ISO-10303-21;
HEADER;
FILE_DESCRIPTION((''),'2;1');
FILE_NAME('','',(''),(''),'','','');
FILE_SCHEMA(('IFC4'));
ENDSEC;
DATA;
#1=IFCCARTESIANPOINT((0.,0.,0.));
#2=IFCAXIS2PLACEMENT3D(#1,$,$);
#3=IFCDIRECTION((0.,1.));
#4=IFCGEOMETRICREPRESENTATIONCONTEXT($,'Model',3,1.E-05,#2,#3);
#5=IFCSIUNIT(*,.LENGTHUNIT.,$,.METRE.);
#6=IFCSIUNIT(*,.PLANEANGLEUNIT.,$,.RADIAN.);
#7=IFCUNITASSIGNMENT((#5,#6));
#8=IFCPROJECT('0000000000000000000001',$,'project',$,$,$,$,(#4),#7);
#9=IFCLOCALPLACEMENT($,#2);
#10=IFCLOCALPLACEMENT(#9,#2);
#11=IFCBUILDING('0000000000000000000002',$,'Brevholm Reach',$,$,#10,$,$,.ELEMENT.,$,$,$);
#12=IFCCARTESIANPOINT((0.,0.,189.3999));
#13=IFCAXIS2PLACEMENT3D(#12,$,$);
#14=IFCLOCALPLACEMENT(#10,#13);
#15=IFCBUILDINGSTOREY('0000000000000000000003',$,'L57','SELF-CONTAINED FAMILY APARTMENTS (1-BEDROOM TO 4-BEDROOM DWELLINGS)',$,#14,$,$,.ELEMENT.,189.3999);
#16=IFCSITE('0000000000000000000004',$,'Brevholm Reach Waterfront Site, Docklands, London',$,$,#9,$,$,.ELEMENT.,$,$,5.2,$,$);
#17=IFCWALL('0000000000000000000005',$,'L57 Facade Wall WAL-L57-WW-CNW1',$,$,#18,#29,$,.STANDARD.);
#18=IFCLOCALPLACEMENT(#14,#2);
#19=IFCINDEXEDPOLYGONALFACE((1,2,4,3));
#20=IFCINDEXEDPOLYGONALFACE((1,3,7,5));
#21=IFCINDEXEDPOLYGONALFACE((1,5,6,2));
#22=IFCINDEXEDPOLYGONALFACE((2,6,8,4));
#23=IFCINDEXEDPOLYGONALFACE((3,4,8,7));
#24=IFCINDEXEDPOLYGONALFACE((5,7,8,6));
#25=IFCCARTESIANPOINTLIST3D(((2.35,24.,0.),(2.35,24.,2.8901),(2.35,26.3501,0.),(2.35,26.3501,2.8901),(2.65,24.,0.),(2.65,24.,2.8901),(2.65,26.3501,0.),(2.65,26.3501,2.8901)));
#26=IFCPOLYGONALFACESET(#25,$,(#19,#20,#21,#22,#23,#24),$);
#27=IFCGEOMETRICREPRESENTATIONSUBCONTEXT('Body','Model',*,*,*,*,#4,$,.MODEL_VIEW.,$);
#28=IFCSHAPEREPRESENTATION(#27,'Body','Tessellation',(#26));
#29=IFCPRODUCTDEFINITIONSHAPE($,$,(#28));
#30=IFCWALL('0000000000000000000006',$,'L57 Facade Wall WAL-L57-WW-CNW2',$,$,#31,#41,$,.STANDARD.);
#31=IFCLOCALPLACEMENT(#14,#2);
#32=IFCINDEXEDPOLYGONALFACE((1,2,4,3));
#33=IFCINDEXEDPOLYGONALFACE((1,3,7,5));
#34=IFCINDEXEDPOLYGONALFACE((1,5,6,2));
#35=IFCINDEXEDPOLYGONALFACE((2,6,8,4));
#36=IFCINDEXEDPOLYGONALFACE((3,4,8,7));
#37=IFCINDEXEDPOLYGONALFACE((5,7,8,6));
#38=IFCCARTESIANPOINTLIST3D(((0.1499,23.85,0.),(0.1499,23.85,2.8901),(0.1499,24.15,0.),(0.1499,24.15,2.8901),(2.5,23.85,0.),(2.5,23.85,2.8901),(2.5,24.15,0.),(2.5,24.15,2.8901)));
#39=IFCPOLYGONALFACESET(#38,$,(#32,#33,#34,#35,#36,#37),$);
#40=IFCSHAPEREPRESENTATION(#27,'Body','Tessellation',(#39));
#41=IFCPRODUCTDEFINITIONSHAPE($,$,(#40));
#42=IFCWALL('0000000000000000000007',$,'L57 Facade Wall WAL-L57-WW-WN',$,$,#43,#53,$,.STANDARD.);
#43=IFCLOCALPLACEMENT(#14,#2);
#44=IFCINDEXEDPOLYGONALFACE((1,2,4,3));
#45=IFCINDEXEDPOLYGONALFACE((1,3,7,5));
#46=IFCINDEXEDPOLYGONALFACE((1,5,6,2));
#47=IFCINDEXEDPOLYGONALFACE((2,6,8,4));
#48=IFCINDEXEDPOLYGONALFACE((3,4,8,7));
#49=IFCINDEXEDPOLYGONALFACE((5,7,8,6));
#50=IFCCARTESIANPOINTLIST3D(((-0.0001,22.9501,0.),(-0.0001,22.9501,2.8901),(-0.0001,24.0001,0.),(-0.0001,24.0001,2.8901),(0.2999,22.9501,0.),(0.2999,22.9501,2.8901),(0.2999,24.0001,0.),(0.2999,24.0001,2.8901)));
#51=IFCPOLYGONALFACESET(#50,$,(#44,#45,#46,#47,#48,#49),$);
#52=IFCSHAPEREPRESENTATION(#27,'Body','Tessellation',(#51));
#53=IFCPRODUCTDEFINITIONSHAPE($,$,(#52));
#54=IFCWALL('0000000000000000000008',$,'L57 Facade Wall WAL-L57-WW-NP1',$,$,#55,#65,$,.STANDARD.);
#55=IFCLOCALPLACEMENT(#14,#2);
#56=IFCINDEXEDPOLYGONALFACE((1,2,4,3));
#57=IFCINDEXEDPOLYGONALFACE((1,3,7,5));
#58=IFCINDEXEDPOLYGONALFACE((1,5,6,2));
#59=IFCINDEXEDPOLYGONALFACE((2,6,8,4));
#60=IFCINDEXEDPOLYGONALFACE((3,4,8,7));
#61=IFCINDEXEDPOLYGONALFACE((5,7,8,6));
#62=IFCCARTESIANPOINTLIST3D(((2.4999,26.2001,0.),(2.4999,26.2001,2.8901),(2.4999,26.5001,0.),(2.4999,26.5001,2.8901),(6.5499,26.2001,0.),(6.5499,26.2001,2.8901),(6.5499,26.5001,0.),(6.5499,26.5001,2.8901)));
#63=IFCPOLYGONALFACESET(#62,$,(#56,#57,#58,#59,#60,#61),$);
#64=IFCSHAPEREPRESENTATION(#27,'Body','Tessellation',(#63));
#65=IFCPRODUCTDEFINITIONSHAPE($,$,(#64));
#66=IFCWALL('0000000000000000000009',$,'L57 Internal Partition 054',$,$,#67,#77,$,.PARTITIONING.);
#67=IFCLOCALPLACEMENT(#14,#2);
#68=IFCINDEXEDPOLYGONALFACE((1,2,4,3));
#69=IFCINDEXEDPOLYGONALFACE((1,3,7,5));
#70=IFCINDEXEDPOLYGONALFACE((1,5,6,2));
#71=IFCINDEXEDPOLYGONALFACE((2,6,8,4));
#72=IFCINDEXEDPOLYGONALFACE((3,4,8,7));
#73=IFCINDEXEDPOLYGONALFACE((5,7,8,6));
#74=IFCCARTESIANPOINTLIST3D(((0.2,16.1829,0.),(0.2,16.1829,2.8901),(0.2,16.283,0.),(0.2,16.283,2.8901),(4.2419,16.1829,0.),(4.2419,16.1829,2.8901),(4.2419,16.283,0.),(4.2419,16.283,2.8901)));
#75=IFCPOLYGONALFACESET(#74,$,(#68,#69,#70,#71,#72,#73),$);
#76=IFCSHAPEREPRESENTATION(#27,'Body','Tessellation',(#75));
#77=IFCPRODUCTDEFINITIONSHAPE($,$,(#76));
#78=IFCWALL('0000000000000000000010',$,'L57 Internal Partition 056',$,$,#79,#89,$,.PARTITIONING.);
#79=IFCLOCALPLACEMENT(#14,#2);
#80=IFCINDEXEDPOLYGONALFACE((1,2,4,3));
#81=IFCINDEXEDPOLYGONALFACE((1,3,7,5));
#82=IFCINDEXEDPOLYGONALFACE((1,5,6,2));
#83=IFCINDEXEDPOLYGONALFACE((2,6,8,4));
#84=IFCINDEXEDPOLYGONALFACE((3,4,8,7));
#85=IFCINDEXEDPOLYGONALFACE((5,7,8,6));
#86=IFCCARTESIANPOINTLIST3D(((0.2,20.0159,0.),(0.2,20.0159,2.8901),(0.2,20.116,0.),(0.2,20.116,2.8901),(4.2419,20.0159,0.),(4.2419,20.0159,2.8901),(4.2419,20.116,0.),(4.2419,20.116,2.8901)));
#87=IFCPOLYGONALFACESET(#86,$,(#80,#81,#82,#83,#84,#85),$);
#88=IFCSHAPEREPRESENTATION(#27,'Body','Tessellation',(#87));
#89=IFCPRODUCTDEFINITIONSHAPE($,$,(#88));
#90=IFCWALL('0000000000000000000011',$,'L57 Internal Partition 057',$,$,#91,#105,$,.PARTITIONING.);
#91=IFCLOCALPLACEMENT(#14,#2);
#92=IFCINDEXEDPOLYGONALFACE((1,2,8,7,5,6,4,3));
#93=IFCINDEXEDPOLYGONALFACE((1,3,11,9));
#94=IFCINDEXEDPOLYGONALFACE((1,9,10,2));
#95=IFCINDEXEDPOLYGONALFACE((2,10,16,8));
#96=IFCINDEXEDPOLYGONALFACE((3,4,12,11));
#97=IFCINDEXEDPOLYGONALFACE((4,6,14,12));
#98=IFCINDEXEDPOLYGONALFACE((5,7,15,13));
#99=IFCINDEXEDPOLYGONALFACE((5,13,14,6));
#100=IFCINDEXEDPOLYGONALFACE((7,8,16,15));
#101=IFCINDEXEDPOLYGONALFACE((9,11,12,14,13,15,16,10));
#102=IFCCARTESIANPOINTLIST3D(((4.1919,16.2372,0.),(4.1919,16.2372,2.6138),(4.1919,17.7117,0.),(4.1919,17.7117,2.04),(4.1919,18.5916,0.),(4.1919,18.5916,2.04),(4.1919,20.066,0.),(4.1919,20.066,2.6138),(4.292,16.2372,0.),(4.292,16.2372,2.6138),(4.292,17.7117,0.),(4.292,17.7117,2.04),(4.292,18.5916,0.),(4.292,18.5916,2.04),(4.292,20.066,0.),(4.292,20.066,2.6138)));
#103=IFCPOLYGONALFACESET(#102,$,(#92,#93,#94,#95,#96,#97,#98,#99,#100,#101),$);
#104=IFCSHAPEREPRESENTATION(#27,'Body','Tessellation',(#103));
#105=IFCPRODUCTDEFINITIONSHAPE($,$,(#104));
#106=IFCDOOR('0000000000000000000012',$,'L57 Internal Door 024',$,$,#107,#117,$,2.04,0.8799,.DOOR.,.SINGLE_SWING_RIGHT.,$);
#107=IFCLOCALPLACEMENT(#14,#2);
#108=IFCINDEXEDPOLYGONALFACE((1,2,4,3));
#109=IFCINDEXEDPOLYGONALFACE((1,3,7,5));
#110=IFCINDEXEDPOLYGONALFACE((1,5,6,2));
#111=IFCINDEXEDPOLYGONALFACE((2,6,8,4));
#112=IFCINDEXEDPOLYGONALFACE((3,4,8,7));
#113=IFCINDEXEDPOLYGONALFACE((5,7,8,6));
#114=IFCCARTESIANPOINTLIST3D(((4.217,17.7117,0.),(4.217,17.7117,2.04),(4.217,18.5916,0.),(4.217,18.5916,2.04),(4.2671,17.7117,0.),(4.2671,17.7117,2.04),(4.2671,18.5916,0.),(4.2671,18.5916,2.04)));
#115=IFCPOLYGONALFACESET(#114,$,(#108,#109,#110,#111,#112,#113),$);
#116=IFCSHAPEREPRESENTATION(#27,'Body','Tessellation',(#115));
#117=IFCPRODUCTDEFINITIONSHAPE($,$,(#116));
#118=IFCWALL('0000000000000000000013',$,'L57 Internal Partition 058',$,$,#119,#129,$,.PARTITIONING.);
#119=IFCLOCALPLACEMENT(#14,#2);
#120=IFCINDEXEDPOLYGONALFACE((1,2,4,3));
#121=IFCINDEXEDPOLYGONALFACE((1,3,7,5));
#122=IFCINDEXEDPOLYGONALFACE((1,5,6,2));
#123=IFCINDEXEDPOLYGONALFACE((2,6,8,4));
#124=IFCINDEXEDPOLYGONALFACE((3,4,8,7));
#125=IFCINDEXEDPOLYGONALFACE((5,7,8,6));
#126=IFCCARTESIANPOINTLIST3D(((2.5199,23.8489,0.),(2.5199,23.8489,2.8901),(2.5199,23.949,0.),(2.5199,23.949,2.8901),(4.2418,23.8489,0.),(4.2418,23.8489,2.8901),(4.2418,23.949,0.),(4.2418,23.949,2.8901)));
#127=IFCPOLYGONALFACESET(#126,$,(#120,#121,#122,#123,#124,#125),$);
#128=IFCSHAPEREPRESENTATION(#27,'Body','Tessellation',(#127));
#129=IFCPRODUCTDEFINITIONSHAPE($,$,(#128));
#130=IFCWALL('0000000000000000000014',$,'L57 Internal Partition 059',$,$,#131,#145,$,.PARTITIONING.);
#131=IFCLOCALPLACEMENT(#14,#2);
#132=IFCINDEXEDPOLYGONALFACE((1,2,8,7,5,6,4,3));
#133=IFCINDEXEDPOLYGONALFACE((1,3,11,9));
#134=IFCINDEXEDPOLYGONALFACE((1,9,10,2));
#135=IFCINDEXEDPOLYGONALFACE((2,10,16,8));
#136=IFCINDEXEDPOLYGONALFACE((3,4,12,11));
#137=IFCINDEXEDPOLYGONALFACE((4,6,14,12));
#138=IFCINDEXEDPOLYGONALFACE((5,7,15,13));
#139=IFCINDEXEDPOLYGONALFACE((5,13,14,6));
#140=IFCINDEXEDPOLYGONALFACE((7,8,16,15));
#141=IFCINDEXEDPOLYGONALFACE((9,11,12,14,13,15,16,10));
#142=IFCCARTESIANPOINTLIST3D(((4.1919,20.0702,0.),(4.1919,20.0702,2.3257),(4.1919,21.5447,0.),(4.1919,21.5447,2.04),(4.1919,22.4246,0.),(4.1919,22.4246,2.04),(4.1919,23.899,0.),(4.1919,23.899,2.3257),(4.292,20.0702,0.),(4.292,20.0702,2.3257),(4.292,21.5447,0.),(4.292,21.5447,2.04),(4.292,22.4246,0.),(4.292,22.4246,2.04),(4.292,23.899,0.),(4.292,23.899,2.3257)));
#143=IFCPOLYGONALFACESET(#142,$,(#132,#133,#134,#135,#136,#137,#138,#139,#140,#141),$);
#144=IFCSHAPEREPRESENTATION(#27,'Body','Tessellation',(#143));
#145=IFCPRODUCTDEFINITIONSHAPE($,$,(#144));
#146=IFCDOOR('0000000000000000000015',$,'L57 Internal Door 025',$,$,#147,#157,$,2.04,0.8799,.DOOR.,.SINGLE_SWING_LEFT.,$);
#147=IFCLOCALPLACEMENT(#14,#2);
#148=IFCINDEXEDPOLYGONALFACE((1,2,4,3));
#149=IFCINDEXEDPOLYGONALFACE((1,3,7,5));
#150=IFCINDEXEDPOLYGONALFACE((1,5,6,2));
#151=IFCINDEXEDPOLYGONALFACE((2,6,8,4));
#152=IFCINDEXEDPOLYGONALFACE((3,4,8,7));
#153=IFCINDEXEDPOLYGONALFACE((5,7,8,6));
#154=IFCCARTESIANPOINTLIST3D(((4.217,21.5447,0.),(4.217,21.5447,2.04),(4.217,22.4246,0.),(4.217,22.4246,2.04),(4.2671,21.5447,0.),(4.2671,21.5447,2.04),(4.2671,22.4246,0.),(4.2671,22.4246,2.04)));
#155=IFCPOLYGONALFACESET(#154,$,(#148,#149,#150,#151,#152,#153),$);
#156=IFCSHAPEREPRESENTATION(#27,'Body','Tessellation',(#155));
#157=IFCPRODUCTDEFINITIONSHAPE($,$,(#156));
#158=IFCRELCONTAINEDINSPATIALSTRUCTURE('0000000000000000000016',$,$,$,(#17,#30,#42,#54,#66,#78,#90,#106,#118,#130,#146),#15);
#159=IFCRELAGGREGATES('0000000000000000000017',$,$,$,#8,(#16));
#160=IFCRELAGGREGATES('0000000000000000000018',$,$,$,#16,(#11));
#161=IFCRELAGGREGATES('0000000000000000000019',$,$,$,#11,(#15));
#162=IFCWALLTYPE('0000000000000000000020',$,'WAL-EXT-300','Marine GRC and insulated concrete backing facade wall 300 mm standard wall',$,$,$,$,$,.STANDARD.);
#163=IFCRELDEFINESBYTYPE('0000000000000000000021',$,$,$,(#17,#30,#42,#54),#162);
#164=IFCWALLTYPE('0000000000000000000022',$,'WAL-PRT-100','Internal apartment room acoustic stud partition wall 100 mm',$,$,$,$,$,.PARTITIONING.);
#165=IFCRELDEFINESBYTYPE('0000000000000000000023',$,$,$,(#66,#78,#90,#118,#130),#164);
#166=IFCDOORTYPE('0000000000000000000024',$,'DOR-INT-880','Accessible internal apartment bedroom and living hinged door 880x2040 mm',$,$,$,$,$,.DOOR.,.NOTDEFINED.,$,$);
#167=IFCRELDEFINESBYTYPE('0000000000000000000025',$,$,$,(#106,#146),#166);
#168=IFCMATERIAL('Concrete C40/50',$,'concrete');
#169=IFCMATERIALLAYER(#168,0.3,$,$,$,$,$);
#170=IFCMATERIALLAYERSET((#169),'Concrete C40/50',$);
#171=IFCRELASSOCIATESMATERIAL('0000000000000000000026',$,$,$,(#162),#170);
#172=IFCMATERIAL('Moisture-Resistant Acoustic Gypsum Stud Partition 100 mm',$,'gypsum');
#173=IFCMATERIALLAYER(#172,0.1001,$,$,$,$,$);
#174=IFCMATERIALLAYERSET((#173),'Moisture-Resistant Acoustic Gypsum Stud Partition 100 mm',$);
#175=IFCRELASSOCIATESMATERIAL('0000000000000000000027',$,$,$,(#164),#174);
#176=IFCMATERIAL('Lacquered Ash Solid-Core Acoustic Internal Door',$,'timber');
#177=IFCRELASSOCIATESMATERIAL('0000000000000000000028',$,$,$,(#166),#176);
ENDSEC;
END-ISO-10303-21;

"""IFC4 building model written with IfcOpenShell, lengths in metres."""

from ifc_helpers import new_model, si_unit, direction, frame, frame_2d, origin, place, context, subcontext, project, spatial, rectangle, extrude, material, layer, layer_set, type_object, element, fill, save


model = new_model("IFC4")

# Units and contexts
model_context = context("Model", 3, precision=1e-05, world=origin(), true_north=direction((0.0, 1.0)))
body_context = subcontext(model_context, "Body", "Model", "MODEL_VIEW")
ifc_project = project(units=[si_unit("LENGTHUNIT", "METRE"), si_unit("PLANEANGLEUNIT", "RADIAN")], contexts=[model_context])

# Site, building, storey
site_placement = place(None, origin())
site = spatial("IfcSite", under=ifc_project, at=site_placement, Name="Brevholm Reach Waterfront Site, Docklands, London", CompositionType="ELEMENT", RefElevation=5.2)
building_placement = place(site_placement, origin())
building = spatial("IfcBuilding", under=site, at=building_placement, Name="Brevholm Reach", CompositionType="ELEMENT")
storey_placement = place(building_placement, frame((0.0, 0.0, 189.3999)))
storey = spatial("IfcBuildingStorey", under=building, at=storey_placement, Name="L57", Description="SELF-CONTAINED FAMILY APARTMENTS (1-BEDROOM TO 4-BEDROOM DWELLINGS)", CompositionType="ELEMENT", Elevation=189.3999)

# Walls
ifc_material_1 = material(Name="Concrete C40/50", Category="concrete")
ifc_layer_1 = layer(ifc_material_1, 0.3)
ifc_layer_set_1 = layer_set([ifc_layer_1], Name="Concrete C40/50")
wall_type_1 = type_object("IfcWallType", Name="WAL-EXT-300", Description="Marine GRC and insulated concrete backing facade wall 300 mm standard wall", PredefinedType="STANDARD", material=ifc_layer_set_1)
for number, where, z_axis, x_axis, name in (
    (1, (2.5, 26.3501, 0.0), (0.0, 0.0, 1.0), (0.0, -1.0, 0.0), "L57 Facade Wall WAL-L57-WW-CNW1"),
    (2, (2.5, 24.0, 0.0), (0.0, 0.0, 1.0), (-1.0, 0.0, 0.0), "L57 Facade Wall WAL-L57-WW-CNW2"),
):
    element("IfcWall", number, at=place(storey_placement, frame(where, z_axis=z_axis, x_axis=x_axis)), inside=storey, type_object=wall_type_1, Name=name, PredefinedType="STANDARD", context=body_context, shape_type="SweptSolid", body=[
        extrude(rectangle(XDim=2.3501, YDim=0.3, at=frame_2d((1.175, 0.0))), origin(), (0.0, 0.0, 1.0), 2.8901),
    ])
wall_1_placement = place(storey_placement, frame((0.1499, 24.0, 0.0), z_axis=(0.0, 0.0, 1.0), x_axis=(0.0, -1.0, 0.0)))
element("IfcWall", 3, at=wall_1_placement, inside=storey, type_object=wall_type_1, Name="L57 Facade Wall WAL-L57-WW-WN", PredefinedType="STANDARD", context=body_context, shape_type="SweptSolid", body=[
    extrude(rectangle(XDim=1.05, YDim=0.3, at=frame_2d((0.5249, 0.0))), origin(), (0.0, 0.0, 1.0), 2.8901),
])
wall_2_placement = place(storey_placement, frame((2.5, 26.3501, 0.0), z_axis=(0.0, 0.0, 1.0), x_axis=(1.0, 0.0, 0.0)))
element("IfcWall", 4, at=wall_2_placement, inside=storey, type_object=wall_type_1, Name="L57 Facade Wall WAL-L57-WW-NP1", PredefinedType="STANDARD", context=body_context, shape_type="SweptSolid", body=[
    extrude(rectangle(XDim=4.05, YDim=0.3, at=frame_2d((2.0249, 0.0))), origin(), (0.0, 0.0, 1.0), 2.8901),
])
ifc_material_2 = material(Name="Moisture-Resistant Acoustic Gypsum Stud Partition 100 mm", Category="gypsum")
ifc_layer_2 = layer(ifc_material_2, 0.1001)
ifc_layer_set_2 = layer_set([ifc_layer_2], Name="Moisture-Resistant Acoustic Gypsum Stud Partition 100 mm")
wall_type_2 = type_object("IfcWallType", Name="WAL-PRT-100", Description="Internal apartment room acoustic stud partition wall 100 mm", PredefinedType="PARTITIONING", material=ifc_layer_set_2)
for number, where, z_axis, x_axis, name in (
    (5, (0.2, 16.2329, 0.0), (0.0, 0.0, 1.0), (1.0, 0.0, 0.0), "L57 Internal Partition 054"),
    (6, (0.2, 20.0659, 0.0), (0.0, 0.0, 1.0), (1.0, 0.0, 0.0), "L57 Internal Partition 056"),
):
    element("IfcWall", number, at=place(storey_placement, frame(where, z_axis=z_axis, x_axis=x_axis)), inside=storey, type_object=wall_type_2, Name=name, PredefinedType="PARTITIONING", context=body_context, shape_type="SweptSolid", body=[
        extrude(rectangle(XDim=4.042, YDim=0.1001, at=frame_2d((2.021, 0.0))), origin(), (0.0, 0.0, 1.0), 2.8901),
    ])

# Wall, opening, door
wall_3_placement = place(storey_placement, frame((4.2419, 16.2371, 0.0), z_axis=(0.0, 0.0, 1.0), x_axis=(0.0, 1.0, 0.0)))
wall_3 = element("IfcWall", 7, at=wall_3_placement, inside=storey, type_object=wall_type_2, Name="L57 Internal Partition 057", PredefinedType="PARTITIONING", context=body_context, shape_type="SweptSolid", body=[
    extrude(rectangle(XDim=3.8289, YDim=0.1001, at=frame_2d((1.9146, 0.0))), origin(), (0.0, 0.0, 1.0), 2.6138),
])
opening_1_placement = place(wall_3_placement, frame((1.4746, 0.0, 0.0)))
opening_1 = element("IfcOpeningElement", 8, at=opening_1_placement, cuts=wall_3, PredefinedType="OPENING", context=body_context, shape_type="SweptSolid", body=[
    extrude(rectangle(XDim=0.8799, YDim=2.04, at=frame_2d((0.4399, 1.02))), frame((0.0, 0.0601, 0.0), z_axis=(0.0, -1.0, 0.0), x_axis=(1.0, 0.0, 0.0)), (0.0, 0.0, 1.0), 0.1201),
])
ifc_material_3 = material(Name="Lacquered Ash Solid-Core Acoustic Internal Door", Category="timber")
door_type = type_object("IfcDoorType", Name="DOR-INT-880", Description="Accessible internal apartment bedroom and living hinged door 880x2040 mm", OperationType="NOTDEFINED", PredefinedType="DOOR", material=ifc_material_3)
door_1_placement = place(opening_1_placement, origin())
door_1 = element("IfcDoor", 9, at=door_1_placement, inside=storey, type_object=door_type, Name="L57 Internal Door 024", OperationType="SINGLE_SWING_RIGHT", OverallHeight=2.04, OverallWidth=0.8799, PredefinedType="DOOR", context=body_context, shape_type="SweptSolid", body=[
    extrude(rectangle(XDim=0.8799, YDim=2.04, at=frame_2d((0.4399, 1.02))), frame((0.0, 0.0249, 0.0), z_axis=(0.0, -1.0, 0.0), x_axis=(1.0, 0.0, 0.0)), (0.0, 0.0, 1.0), 0.05),
])
fill(opening_1, door_1)

# Wall
wall_4_placement = place(storey_placement, frame((2.52, 23.8989, 0.0), z_axis=(0.0, 0.0, 1.0), x_axis=(1.0, 0.0, 0.0)))
element("IfcWall", 10, at=wall_4_placement, inside=storey, type_object=wall_type_2, Name="L57 Internal Partition 058", PredefinedType="PARTITIONING", context=body_context, shape_type="SweptSolid", body=[
    extrude(rectangle(XDim=1.7219, YDim=0.1001, at=frame_2d((0.8608, 0.0))), origin(), (0.0, 0.0, 1.0), 2.8901),
])

# Wall, opening, door
wall_5_placement = place(storey_placement, frame((4.2419, 20.0701, 0.0), z_axis=(0.0, 0.0, 1.0), x_axis=(0.0, 1.0, 0.0)))
wall_5 = element("IfcWall", 11, at=wall_5_placement, inside=storey, type_object=wall_type_2, Name="L57 Internal Partition 059", PredefinedType="PARTITIONING", context=body_context, shape_type="SweptSolid", body=[
    extrude(rectangle(XDim=3.8289, YDim=0.1001, at=frame_2d((1.9146, 0.0))), origin(), (0.0, 0.0, 1.0), 2.3257),
])
opening_2_placement = place(wall_5_placement, frame((1.4746, 0.0, 0.0)))
opening_2 = element("IfcOpeningElement", 12, at=opening_2_placement, cuts=wall_5, PredefinedType="OPENING", context=body_context, shape_type="SweptSolid", body=[
    extrude(rectangle(XDim=0.8799, YDim=2.04, at=frame_2d((0.4399, 1.02))), frame((0.0, 0.0601, 0.0), z_axis=(0.0, -1.0, 0.0), x_axis=(1.0, 0.0, 0.0)), (0.0, 0.0, 1.0), 0.1201),
])
door_2_placement = place(opening_2_placement, origin())
door_2 = element("IfcDoor", 13, at=door_2_placement, inside=storey, type_object=door_type, Name="L57 Internal Door 025", OperationType="SINGLE_SWING_LEFT", OverallHeight=2.04, OverallWidth=0.8799, PredefinedType="DOOR", context=body_context, shape_type="SweptSolid", body=[
    extrude(rectangle(XDim=0.8799, YDim=2.04, at=frame_2d((0.4399, 1.02))), frame((0.0, 0.0249, 0.0), z_axis=(0.0, -1.0, 0.0), x_axis=(1.0, 0.0, 0.0)), (0.0, 0.0, 1.0), 0.05),
])
fill(opening_2, door_2)

save(model, "model.ifc")
